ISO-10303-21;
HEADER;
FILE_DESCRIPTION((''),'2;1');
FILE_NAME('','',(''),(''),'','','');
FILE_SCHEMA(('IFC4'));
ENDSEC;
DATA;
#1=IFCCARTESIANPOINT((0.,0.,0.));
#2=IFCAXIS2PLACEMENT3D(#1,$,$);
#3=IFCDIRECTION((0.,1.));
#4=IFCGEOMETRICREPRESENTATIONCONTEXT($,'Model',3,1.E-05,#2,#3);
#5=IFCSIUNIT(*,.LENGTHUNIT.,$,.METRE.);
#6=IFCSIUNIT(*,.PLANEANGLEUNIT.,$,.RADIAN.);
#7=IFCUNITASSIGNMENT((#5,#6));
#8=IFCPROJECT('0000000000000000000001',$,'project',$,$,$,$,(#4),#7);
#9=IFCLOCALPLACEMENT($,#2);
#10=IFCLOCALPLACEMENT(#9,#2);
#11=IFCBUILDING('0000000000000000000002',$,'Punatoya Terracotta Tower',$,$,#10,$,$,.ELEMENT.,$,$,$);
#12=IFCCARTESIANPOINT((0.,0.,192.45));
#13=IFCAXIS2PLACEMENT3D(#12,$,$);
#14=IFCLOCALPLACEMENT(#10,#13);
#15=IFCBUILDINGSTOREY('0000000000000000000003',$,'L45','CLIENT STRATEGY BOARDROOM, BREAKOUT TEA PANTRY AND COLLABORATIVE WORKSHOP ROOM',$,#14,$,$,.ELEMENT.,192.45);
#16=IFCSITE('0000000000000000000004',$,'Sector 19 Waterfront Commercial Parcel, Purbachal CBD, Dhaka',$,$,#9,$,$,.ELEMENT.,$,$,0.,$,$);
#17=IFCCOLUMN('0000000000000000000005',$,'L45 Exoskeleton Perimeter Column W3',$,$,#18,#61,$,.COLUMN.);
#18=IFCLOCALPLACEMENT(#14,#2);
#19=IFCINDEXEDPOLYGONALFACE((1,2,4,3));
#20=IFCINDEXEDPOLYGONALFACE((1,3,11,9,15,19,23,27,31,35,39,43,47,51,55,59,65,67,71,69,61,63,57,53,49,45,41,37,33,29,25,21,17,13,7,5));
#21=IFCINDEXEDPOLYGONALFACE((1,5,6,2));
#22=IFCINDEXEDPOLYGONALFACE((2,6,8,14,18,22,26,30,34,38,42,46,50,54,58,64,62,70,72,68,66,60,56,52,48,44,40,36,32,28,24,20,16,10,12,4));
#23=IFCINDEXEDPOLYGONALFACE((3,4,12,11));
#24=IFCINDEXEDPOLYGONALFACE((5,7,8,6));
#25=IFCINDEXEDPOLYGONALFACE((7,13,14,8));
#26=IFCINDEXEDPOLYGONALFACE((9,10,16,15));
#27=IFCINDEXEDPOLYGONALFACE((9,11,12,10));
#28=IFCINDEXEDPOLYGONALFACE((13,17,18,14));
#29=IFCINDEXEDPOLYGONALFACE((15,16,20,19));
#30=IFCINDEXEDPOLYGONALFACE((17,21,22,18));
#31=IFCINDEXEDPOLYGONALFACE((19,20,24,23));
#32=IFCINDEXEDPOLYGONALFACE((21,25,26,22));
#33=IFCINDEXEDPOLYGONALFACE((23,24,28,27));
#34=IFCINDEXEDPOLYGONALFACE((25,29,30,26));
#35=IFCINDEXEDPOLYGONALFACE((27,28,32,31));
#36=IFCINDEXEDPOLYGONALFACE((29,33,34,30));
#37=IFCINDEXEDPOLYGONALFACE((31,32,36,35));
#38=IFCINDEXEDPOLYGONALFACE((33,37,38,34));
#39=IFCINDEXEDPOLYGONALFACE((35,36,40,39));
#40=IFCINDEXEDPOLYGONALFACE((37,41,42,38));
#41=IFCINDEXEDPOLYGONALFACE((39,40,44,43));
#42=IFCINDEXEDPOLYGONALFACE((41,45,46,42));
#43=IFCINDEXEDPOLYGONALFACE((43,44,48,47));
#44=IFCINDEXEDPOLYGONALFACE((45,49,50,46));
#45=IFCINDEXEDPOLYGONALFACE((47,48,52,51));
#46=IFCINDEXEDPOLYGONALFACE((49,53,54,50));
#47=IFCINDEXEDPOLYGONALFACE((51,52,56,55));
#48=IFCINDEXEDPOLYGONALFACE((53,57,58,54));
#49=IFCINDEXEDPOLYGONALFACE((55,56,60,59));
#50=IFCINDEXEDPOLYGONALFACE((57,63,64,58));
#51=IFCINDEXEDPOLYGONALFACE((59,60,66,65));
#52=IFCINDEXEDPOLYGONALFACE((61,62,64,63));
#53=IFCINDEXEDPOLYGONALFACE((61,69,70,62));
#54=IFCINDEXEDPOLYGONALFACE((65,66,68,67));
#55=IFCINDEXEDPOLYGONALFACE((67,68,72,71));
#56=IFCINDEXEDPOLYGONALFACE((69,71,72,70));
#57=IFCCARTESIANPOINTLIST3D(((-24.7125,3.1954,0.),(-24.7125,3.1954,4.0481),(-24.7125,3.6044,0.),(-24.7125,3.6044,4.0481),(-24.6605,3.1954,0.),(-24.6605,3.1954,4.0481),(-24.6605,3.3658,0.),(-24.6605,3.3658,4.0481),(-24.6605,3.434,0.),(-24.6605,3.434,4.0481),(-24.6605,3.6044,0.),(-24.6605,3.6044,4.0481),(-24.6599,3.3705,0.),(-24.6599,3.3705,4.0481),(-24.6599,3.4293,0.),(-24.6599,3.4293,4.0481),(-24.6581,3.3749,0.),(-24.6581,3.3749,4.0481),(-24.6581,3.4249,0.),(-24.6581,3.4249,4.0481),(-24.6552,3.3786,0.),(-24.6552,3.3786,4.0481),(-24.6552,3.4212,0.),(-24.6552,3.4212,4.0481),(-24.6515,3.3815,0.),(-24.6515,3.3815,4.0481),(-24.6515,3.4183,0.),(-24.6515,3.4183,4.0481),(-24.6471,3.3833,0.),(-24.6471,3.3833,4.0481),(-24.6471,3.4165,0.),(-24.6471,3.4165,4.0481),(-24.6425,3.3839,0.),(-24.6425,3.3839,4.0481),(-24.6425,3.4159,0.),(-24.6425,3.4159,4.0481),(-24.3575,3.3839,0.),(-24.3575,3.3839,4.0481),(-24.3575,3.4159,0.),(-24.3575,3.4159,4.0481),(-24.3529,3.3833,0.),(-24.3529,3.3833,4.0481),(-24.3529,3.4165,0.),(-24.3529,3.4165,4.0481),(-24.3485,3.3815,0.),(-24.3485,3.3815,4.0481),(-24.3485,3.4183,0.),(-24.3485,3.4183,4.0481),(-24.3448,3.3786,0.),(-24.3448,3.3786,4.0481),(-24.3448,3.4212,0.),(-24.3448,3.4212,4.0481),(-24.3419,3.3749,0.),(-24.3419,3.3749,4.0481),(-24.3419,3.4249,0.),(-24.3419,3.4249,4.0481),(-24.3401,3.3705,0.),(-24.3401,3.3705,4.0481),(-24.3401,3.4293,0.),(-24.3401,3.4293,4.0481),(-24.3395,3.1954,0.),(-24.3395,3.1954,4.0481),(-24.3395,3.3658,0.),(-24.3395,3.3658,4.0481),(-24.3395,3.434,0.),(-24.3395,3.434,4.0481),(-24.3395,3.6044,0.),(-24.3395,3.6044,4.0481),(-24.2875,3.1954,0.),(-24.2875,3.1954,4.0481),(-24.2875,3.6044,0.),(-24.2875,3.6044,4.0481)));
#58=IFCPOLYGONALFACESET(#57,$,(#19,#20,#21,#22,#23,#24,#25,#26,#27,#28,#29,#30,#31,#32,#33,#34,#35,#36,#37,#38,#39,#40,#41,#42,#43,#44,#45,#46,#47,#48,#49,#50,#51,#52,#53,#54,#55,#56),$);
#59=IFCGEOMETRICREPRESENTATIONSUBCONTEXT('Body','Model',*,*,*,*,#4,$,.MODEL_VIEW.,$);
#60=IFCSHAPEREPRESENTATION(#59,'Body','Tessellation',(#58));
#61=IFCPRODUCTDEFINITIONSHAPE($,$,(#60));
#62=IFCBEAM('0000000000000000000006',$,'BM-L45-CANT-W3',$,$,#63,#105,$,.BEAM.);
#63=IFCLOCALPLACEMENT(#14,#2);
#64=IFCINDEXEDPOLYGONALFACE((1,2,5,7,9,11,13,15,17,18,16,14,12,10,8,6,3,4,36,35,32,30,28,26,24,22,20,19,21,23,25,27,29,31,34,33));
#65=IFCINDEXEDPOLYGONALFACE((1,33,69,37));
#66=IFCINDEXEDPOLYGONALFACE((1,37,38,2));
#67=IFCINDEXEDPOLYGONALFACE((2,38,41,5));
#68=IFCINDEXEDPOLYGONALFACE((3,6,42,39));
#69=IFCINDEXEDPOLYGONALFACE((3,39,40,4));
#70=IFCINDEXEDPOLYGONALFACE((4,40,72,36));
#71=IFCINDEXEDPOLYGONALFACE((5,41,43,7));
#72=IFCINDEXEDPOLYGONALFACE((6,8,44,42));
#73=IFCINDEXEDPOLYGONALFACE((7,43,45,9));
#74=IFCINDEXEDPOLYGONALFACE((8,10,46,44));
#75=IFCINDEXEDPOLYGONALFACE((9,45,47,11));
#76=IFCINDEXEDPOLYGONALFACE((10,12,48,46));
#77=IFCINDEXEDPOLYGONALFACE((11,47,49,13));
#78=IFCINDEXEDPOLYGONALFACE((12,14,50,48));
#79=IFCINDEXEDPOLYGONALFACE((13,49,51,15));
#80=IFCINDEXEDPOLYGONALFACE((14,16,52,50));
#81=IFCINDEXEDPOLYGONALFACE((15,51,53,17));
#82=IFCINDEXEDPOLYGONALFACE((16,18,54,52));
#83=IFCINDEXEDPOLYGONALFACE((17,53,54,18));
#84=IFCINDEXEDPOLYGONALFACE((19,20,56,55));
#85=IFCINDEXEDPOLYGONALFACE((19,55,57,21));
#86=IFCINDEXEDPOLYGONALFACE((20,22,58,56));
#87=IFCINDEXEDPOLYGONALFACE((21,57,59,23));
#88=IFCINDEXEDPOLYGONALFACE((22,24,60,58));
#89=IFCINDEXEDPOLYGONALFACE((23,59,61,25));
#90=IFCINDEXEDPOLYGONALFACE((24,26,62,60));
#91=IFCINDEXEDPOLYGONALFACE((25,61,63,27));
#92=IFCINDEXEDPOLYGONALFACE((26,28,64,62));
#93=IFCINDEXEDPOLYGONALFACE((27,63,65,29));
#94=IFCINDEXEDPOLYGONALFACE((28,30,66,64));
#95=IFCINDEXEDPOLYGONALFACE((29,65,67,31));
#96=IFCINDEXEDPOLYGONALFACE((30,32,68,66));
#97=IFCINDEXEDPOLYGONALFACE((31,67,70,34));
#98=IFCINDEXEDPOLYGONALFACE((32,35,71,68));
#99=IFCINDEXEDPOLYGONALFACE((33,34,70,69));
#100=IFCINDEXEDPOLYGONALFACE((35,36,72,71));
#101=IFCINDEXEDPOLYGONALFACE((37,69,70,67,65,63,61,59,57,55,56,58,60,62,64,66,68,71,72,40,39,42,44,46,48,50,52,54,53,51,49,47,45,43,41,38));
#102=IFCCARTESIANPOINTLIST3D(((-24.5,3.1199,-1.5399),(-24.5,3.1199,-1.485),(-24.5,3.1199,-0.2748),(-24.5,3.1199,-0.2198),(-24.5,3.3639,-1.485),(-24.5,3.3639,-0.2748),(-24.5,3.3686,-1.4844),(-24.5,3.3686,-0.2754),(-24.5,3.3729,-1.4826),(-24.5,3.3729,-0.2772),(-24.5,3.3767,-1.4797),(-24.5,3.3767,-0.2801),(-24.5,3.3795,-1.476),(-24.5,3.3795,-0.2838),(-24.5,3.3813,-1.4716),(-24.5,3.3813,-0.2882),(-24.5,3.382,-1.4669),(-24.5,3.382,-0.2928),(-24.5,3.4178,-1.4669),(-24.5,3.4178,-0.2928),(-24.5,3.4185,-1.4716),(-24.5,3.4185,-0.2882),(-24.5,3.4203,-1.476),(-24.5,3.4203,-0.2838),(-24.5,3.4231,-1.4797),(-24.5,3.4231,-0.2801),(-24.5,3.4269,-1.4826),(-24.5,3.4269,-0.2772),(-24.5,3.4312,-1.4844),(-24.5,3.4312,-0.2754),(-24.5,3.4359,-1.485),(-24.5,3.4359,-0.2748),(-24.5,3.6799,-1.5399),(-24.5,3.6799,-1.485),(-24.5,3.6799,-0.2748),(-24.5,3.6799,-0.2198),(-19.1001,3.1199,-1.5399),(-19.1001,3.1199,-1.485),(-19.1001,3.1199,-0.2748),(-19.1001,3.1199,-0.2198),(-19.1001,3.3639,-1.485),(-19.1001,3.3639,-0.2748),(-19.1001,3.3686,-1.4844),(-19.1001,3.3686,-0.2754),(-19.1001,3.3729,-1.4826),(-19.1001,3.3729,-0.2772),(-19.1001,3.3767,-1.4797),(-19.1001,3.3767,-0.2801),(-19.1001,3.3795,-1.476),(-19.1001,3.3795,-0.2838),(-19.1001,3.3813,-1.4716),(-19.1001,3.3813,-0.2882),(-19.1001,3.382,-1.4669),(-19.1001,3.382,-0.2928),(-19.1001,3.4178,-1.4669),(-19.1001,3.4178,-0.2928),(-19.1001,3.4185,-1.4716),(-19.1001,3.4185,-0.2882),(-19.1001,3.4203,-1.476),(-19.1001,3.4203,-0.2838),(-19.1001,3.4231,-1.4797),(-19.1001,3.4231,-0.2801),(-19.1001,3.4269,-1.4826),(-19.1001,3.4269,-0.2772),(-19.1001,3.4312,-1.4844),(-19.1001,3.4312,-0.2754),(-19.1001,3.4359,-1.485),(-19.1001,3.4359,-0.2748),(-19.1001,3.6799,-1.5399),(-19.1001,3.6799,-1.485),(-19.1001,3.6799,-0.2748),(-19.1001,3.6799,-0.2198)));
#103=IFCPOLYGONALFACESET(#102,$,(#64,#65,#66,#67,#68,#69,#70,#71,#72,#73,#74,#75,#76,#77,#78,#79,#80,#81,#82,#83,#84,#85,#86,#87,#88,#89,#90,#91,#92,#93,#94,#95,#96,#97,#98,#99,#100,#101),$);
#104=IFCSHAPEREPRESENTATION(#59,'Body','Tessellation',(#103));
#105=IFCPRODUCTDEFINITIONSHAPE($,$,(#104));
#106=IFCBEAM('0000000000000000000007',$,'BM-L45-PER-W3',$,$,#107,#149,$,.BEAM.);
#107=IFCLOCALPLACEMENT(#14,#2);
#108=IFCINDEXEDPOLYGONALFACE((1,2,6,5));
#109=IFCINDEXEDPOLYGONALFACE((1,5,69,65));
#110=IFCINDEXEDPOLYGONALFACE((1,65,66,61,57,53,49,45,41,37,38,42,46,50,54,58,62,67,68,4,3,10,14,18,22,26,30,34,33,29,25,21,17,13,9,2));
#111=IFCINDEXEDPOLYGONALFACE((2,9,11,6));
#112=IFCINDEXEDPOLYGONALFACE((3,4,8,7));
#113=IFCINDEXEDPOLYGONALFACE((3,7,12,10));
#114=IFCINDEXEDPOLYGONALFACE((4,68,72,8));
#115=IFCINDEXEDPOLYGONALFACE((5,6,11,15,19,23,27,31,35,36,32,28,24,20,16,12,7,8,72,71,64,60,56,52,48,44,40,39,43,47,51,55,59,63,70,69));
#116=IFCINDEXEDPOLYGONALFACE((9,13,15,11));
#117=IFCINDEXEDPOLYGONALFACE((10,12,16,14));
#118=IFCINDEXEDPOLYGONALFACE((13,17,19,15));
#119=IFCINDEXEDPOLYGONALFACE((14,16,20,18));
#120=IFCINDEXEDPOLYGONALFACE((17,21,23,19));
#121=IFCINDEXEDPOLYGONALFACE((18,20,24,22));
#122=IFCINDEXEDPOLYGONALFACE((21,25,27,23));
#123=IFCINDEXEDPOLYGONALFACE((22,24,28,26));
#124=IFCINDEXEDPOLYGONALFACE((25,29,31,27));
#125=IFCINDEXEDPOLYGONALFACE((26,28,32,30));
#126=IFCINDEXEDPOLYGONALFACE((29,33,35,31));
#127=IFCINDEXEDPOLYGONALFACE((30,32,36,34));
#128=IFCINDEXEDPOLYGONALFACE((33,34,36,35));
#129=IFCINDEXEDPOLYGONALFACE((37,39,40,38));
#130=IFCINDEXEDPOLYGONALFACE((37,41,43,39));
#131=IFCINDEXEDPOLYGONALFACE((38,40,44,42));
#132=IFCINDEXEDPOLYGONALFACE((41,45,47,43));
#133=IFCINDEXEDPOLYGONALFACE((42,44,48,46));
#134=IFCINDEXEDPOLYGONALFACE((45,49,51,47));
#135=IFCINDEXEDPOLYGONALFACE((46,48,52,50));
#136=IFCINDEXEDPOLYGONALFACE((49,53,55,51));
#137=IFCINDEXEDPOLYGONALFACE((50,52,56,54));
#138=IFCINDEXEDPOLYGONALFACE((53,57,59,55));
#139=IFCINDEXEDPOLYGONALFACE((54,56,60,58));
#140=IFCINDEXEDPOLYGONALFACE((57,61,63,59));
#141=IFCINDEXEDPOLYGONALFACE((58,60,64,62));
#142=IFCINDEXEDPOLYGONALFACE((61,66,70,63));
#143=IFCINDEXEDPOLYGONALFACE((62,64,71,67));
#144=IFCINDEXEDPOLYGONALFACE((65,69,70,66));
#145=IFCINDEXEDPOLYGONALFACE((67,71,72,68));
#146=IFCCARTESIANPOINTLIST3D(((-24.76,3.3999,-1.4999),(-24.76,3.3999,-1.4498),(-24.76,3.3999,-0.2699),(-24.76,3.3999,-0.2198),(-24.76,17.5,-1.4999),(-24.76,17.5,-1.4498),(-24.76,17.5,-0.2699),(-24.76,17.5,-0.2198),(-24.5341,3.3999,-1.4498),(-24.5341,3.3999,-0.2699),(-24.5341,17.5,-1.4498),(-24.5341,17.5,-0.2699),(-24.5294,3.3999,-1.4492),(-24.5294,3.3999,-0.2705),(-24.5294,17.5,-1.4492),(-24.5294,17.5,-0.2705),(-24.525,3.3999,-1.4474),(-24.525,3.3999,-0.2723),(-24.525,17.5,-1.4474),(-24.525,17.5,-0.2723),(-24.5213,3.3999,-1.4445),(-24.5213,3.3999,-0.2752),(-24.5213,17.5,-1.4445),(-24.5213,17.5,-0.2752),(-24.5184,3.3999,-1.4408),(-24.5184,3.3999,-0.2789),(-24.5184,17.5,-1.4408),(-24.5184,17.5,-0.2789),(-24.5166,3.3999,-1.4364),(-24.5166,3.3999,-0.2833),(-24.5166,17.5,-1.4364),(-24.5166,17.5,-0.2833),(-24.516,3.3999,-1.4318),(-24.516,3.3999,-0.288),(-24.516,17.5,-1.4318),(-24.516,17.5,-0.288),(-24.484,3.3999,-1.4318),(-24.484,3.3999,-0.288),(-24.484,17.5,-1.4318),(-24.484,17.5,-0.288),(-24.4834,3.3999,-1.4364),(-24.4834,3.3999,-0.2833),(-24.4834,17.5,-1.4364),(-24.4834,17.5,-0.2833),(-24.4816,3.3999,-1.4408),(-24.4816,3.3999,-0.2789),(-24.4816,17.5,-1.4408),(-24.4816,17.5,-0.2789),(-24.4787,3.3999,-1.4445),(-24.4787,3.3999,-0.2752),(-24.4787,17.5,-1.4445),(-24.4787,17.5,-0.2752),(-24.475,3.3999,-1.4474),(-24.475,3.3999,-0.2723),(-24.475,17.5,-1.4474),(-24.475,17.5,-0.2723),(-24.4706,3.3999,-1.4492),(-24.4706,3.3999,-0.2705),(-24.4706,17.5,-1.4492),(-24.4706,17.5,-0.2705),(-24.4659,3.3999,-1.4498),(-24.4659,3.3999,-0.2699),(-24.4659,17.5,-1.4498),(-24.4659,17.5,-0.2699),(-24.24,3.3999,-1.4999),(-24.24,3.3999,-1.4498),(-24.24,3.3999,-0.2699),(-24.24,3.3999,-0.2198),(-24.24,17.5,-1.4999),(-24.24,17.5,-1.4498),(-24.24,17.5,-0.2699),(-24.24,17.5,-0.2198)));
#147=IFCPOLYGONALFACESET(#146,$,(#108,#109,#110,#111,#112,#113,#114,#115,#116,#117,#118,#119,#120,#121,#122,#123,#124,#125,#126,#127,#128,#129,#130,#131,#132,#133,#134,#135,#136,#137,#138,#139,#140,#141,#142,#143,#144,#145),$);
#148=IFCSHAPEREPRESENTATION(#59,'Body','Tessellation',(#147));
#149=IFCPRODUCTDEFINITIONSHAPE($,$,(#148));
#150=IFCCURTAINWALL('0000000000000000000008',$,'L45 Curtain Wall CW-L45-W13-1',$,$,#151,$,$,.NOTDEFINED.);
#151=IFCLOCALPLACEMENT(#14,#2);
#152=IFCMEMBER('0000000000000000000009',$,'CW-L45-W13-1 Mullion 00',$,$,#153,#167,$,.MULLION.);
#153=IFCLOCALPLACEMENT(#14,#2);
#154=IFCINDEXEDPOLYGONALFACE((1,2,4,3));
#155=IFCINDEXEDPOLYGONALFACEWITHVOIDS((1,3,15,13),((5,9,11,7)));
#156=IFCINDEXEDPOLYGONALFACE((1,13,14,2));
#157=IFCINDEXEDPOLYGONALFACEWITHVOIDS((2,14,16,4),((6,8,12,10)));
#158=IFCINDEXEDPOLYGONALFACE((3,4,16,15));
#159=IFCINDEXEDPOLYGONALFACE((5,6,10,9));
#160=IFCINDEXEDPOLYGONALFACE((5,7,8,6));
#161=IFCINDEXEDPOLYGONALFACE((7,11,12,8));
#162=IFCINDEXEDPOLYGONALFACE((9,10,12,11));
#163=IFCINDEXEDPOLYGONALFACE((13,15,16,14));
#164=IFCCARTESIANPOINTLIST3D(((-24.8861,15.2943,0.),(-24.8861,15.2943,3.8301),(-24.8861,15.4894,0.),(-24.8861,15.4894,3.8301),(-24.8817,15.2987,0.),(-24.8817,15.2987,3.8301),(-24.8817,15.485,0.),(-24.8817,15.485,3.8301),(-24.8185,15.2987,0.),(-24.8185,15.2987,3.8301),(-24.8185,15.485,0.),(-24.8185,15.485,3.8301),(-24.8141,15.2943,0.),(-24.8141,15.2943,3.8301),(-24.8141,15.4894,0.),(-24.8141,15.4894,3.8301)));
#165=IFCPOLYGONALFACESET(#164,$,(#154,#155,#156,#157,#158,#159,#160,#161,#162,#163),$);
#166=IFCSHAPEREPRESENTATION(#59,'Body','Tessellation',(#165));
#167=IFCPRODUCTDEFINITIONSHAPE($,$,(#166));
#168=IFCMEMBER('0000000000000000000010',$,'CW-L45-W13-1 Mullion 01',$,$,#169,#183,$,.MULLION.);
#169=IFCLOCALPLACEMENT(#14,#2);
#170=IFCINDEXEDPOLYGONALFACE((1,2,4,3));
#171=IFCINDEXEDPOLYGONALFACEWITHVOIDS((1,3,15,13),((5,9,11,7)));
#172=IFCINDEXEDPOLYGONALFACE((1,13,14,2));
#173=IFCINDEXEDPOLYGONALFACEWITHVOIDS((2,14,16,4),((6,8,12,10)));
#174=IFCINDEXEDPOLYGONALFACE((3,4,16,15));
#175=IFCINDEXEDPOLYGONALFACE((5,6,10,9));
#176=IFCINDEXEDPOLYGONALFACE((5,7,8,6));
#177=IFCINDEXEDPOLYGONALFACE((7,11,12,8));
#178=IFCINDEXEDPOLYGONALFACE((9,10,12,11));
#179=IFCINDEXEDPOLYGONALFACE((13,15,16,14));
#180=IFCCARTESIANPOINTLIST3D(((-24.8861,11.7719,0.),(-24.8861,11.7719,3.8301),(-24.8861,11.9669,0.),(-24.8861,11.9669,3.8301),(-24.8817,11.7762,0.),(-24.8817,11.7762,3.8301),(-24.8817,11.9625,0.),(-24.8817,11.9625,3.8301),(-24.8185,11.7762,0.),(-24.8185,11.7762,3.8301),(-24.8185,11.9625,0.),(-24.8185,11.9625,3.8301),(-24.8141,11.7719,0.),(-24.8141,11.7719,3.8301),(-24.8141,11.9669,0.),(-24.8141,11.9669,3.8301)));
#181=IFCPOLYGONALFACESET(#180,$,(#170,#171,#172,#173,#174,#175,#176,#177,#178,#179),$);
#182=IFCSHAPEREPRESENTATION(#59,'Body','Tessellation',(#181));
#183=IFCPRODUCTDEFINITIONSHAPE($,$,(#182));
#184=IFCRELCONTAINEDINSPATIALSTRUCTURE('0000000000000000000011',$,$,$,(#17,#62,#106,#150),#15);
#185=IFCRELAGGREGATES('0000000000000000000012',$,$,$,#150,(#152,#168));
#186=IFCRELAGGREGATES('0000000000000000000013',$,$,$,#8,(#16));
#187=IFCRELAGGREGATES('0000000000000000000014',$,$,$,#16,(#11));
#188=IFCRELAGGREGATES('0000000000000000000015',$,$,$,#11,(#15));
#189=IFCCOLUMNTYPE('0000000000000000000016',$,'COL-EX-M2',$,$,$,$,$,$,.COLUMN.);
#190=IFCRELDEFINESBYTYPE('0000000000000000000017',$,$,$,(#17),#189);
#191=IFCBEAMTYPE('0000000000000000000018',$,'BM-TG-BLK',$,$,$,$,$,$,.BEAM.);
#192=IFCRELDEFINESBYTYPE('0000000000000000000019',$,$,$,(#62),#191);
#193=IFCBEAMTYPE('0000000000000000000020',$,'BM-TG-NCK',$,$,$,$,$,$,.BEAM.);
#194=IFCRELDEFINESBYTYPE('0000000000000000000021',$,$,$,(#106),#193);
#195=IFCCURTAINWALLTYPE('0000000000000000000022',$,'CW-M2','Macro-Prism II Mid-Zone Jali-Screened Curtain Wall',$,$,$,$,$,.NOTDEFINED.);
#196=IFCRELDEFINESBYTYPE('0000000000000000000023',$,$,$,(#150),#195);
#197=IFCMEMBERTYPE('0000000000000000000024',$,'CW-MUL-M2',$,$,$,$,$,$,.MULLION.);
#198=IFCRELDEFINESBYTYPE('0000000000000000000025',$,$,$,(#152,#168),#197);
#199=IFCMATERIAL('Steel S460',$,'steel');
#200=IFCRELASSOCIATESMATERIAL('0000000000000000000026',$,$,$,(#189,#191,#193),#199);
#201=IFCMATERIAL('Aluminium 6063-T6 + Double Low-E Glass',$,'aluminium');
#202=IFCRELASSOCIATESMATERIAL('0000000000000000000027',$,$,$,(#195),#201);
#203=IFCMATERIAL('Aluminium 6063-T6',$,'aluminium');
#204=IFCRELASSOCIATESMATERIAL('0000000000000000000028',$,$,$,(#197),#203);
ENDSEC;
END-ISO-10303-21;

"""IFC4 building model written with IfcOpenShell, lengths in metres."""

from ifc_helpers import new_model, si_unit, direction, frame, origin, origin_2d, place, context, subcontext, project, spatial, hollow_rectangle, i_section, extrude, material, material_profile, profile_set, type_object, element, aggregate, save


model = new_model("IFC4")

# Units and contexts
model_context = context("Model", 3, precision=1e-05, world=origin(), true_north=direction((0.0, 1.0)))
body_context = subcontext(model_context, "Body", "Model", "MODEL_VIEW")
ifc_project = project(units=[si_unit("LENGTHUNIT", "METRE"), si_unit("PLANEANGLEUNIT", "RADIAN")], contexts=[model_context])

# Site, building, storey
site_placement = place(None, origin())
site = spatial("IfcSite", under=ifc_project, at=site_placement, Name="Sector 19 Waterfront Commercial Parcel, Purbachal CBD, Dhaka", CompositionType="ELEMENT", RefElevation=0.0)
building_placement = place(site_placement, origin())
building = spatial("IfcBuilding", under=site, at=building_placement, Name="Punatoya Terracotta Tower", CompositionType="ELEMENT")
storey_placement = place(building_placement, frame((0.0, 0.0, 192.45)))
storey = spatial("IfcBuildingStorey", under=building, at=storey_placement, Name="L45", Description="CLIENT STRATEGY BOARDROOM, BREAKOUT TEA PANTRY AND COLLABORATIVE WORKSHOP ROOM", CompositionType="ELEMENT", Elevation=192.45)

# Column
ifc_material_1 = material(Name="Steel S460", Category="steel")
ifc_material_profile_1 = material_profile(ifc_material_1, i_section(OverallWidth=0.4089, OverallDepth=0.425, WebThickness=0.032, FlangeThickness=0.052, FilletRadius=0.0181, at=origin_2d()))
ifc_profile_set_1 = profile_set([ifc_material_profile_1], Name="Steel S460")
column_type = type_object("IfcColumnType", Name="COL-EX-M2", PredefinedType="COLUMN", material=ifc_profile_set_1)
column_placement = place(storey_placement, frame((-24.5, 3.3999, 0.0), z_axis=(0.0, 0.0, 1.0), x_axis=(0.0, 1.0, 0.0)))
element("IfcColumn", 1, at=column_placement, inside=storey, type_object=column_type, Name="L45 Exoskeleton Perimeter Column W3", PredefinedType="COLUMN", context=body_context, shape_type="SweptSolid", body=[
    extrude(i_section(OverallWidth=0.4089, OverallDepth=0.425, WebThickness=0.032, FlangeThickness=0.052, FilletRadius=0.0181, at=origin_2d()), origin(), (0.0, 0.0, 1.0), 4.0481),
])

# Beams
ifc_material_profile_2 = material_profile(ifc_material_1, i_section(OverallWidth=0.5601, OverallDepth=1.3201, WebThickness=0.0359, FlangeThickness=0.0549, FilletRadius=0.0181, at=origin_2d()))
ifc_profile_set_2 = profile_set([ifc_material_profile_2], Name="Steel S460")
beam_type_1 = type_object("IfcBeamType", Name="BM-TG-BLK", PredefinedType="BEAM", material=ifc_profile_set_2)
beam_1_placement = place(storey_placement, frame((-24.5, 3.3999, -0.8799), z_axis=(1.0, 0.0, 0.0), x_axis=(0.0, 1.0, 0.0)))
element("IfcBeam", 2, at=beam_1_placement, inside=storey, type_object=beam_type_1, Name="BM-L45-CANT-W3", PredefinedType="BEAM", context=body_context, shape_type="SweptSolid", body=[
    extrude(i_section(OverallWidth=0.5601, OverallDepth=1.3201, WebThickness=0.0359, FlangeThickness=0.0549, FilletRadius=0.0181, at=origin_2d()), origin(), (0.0, 0.0, 1.0), 5.3999),
])
ifc_material_profile_3 = material_profile(ifc_material_1, i_section(OverallWidth=0.52, OverallDepth=1.28, WebThickness=0.032, FlangeThickness=0.05, FilletRadius=0.0181, at=origin_2d()))
ifc_profile_set_3 = profile_set([ifc_material_profile_3], Name="Steel S460")
beam_type_2 = type_object("IfcBeamType", Name="BM-TG-NCK", PredefinedType="BEAM", material=ifc_profile_set_3)
beam_2_placement = place(storey_placement, frame((-24.5, 3.3999, -0.8599), z_axis=(0.0, 1.0, 0.0), x_axis=(-1.0, 0.0, 0.0)))
element("IfcBeam", 3, at=beam_2_placement, inside=storey, type_object=beam_type_2, Name="BM-L45-PER-W3", PredefinedType="BEAM", context=body_context, shape_type="SweptSolid", body=[
    extrude(i_section(OverallWidth=0.52, OverallDepth=1.28, WebThickness=0.032, FlangeThickness=0.05, FilletRadius=0.0181, at=origin_2d()), origin(), (0.0, 0.0, 1.0), 14.1001),
])

# Curtain wall, members
ifc_material_2 = material(Name="Aluminium 6063-T6 + Double Low-E Glass", Category="aluminium")
curtain_wall_type = type_object("IfcCurtainWallType", Name="CW-M2", Description="Macro-Prism II Mid-Zone Jali-Screened Curtain Wall", PredefinedType="NOTDEFINED", material=ifc_material_2)
curtain_wall_placement = place(storey_placement, origin())
curtain_wall = element("IfcCurtainWall", 4, at=curtain_wall_placement, inside=storey, type_object=curtain_wall_type, Name="L45 Curtain Wall CW-L45-W13-1", PredefinedType="NOTDEFINED")
ifc_material_3 = material(Name="Aluminium 6063-T6", Category="aluminium")
ifc_material_profile_4 = material_profile(ifc_material_3, hollow_rectangle(XDim=0.072, YDim=0.1951, WallThickness=0.0044, at=origin_2d()))
ifc_profile_set_4 = profile_set([ifc_material_profile_4], Name="Aluminium 6063-T6")
member_type_1 = type_object("IfcMemberType", Name="CW-MUL-M2", PredefinedType="MULLION", material=ifc_profile_set_4)
member_1_placement = place(storey_placement, frame((-24.8501, 15.3918, 0.0), z_axis=(0.0, 0.0, 1.0), x_axis=(1.0, 0.0, 0.0)))
member_1 = element("IfcMember", 5, at=member_1_placement, type_object=member_type_1, Name="CW-L45-W13-1 Mullion 00", PredefinedType="MULLION", context=body_context, shape_type="SweptSolid", body=[
    extrude(hollow_rectangle(XDim=0.072, YDim=0.1951, WallThickness=0.0044, at=origin_2d()), origin(), (0.0, 0.0, 1.0), 3.8301),
])
member_2_placement = place(storey_placement, frame((-24.8501, 11.8694, 0.0), z_axis=(0.0, 0.0, 1.0), x_axis=(1.0, 0.0, 0.0)))
member_2 = element("IfcMember", 6, at=member_2_placement, type_object=member_type_1, Name="CW-L45-W13-1 Mullion 01", PredefinedType="MULLION", context=body_context, shape_type="SweptSolid", body=[
    extrude(hollow_rectangle(XDim=0.072, YDim=0.1951, WallThickness=0.0044, at=origin_2d()), origin(), (0.0, 0.0, 1.0), 3.8301),
])

aggregate(curtain_wall, [member_1, member_2])

save(model, "model.ifc")
